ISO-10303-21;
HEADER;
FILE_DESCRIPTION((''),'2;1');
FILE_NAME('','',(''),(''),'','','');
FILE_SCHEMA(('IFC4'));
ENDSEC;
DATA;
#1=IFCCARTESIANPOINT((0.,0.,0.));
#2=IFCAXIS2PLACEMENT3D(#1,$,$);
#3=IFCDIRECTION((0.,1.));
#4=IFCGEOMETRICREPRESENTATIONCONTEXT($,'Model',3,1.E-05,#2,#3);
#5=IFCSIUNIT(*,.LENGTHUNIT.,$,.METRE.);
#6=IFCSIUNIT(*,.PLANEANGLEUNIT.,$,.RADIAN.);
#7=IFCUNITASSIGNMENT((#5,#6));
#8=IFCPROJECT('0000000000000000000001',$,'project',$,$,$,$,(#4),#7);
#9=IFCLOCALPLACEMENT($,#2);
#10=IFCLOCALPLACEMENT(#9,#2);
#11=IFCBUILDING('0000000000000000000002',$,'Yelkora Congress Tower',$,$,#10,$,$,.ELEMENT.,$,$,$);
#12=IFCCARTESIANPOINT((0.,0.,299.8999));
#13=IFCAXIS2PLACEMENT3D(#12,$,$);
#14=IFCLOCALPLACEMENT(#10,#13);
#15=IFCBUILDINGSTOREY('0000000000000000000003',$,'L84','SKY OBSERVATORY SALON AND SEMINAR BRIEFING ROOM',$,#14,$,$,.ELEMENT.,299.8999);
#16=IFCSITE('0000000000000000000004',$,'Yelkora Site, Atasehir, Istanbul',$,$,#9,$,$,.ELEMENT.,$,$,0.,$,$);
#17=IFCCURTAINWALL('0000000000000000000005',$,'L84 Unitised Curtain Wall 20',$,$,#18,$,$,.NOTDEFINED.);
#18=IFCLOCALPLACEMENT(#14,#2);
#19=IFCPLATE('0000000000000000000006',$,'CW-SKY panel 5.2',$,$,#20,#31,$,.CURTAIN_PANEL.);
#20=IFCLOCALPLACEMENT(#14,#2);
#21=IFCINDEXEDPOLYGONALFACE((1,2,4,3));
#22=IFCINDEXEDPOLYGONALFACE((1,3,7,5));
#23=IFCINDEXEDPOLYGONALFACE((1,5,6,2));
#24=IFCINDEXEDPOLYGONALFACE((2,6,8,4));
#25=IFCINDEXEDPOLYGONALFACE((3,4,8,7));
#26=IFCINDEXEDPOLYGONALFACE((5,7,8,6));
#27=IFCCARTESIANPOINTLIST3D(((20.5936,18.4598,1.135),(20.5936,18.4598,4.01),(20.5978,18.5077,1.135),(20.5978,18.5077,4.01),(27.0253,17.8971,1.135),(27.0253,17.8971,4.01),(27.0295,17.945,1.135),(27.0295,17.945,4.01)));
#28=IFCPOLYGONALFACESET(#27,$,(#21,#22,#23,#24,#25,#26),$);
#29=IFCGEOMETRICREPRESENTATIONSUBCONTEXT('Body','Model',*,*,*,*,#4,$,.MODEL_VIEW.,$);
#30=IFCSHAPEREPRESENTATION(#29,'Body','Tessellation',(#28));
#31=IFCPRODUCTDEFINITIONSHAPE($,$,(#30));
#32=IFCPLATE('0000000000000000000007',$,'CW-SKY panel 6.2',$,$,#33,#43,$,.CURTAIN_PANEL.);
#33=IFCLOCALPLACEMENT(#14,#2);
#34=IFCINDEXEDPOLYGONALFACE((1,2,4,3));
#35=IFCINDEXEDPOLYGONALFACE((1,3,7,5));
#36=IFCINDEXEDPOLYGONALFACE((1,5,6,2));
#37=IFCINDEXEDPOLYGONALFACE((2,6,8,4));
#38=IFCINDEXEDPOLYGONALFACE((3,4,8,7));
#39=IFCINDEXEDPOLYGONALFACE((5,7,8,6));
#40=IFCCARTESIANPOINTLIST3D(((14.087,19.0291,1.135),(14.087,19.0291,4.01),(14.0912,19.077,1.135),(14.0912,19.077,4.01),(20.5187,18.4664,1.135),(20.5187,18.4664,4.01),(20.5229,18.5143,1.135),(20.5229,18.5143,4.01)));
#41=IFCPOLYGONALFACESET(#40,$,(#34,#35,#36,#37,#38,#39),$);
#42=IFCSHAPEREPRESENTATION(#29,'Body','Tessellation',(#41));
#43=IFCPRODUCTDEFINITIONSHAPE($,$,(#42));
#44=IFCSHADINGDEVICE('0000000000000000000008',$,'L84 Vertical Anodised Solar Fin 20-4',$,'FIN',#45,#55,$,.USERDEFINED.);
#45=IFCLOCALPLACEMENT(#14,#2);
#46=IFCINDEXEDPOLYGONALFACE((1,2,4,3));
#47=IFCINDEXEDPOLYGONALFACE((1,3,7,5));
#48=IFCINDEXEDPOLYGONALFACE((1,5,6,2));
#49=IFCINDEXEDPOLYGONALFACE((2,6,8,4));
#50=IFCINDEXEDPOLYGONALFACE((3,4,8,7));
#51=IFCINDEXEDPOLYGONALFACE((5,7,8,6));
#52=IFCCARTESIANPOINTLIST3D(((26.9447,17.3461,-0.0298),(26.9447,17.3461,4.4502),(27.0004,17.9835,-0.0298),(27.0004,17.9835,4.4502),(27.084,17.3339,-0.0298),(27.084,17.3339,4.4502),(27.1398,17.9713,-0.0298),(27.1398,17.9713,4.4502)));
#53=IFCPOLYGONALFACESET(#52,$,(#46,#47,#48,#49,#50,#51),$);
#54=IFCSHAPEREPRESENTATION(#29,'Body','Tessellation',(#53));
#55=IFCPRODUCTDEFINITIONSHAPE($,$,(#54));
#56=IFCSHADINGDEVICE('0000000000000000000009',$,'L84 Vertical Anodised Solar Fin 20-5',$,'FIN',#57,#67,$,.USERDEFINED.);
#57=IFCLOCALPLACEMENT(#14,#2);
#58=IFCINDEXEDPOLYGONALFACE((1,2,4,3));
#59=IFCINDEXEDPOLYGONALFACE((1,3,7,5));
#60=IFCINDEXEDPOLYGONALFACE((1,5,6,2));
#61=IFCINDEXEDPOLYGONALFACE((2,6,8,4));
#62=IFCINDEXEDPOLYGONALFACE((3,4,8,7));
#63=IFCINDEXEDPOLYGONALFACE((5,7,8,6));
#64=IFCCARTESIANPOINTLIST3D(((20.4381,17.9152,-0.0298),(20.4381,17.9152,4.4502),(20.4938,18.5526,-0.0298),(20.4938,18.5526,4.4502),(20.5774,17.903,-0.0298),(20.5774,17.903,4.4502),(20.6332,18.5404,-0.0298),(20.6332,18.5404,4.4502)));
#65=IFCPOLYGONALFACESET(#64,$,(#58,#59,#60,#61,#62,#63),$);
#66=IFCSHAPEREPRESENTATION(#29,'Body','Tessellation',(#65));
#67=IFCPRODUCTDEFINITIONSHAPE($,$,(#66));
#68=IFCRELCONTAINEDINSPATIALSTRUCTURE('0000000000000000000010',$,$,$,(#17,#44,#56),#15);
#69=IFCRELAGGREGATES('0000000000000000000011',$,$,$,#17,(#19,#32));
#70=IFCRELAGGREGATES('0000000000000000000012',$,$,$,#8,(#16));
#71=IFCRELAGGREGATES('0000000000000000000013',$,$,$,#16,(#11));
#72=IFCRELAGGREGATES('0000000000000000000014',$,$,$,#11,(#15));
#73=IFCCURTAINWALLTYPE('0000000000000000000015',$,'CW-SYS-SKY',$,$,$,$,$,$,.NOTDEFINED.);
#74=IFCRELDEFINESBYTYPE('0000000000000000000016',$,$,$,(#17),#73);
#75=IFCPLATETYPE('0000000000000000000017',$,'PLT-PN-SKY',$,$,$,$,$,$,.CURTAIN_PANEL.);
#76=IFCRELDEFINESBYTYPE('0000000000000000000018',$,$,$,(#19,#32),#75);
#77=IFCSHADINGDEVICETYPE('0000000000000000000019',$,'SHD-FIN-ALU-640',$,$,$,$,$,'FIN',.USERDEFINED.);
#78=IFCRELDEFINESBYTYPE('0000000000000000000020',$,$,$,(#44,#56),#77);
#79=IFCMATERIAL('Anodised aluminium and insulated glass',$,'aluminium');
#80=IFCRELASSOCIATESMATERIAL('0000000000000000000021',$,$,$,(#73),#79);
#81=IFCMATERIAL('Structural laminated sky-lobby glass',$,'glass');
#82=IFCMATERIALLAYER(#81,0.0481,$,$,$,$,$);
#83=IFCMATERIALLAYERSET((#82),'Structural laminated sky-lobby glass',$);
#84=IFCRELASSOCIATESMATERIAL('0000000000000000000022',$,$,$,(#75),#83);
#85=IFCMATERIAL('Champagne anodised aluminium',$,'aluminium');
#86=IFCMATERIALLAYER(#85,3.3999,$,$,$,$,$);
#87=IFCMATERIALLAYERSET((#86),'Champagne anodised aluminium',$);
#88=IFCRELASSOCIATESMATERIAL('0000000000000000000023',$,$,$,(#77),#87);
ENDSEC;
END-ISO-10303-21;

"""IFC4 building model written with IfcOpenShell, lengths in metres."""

from ifc_helpers import new_model, si_unit, direction, frame, origin, origin_2d, place, context, subcontext, project, spatial, rectangle, extrude, material, layer, layer_set, type_object, element, aggregate, save


model = new_model("IFC4")

# Units and contexts
model_context = context("Model", 3, precision=1e-05, world=origin(), true_north=direction((0.0, 1.0)))
body_context = subcontext(model_context, "Body", "Model", "MODEL_VIEW")
ifc_project = project(units=[si_unit("LENGTHUNIT", "METRE"), si_unit("PLANEANGLEUNIT", "RADIAN")], contexts=[model_context])

# Site, building, storey
site_placement = place(None, origin())
site = spatial("IfcSite", under=ifc_project, at=site_placement, Name="Yelkora Site, Atasehir, Istanbul", CompositionType="ELEMENT", RefElevation=0.0)
building_placement = place(site_placement, origin())
building = spatial("IfcBuilding", under=site, at=building_placement, Name="Yelkora Congress Tower", CompositionType="ELEMENT")
storey_placement = place(building_placement, frame((0.0, 0.0, 299.8999)))
storey = spatial("IfcBuildingStorey", under=building, at=storey_placement, Name="L84", Description="SKY OBSERVATORY SALON AND SEMINAR BRIEFING ROOM", CompositionType="ELEMENT", Elevation=299.8999)

# Curtain wall, plates
ifc_material_1 = material(Name="Anodised aluminium and insulated glass", Category="aluminium")
curtain_wall_type = type_object("IfcCurtainWallType", Name="CW-SYS-SKY", PredefinedType="NOTDEFINED", material=ifc_material_1)
curtain_wall_placement = place(storey_placement, origin())
curtain_wall = element("IfcCurtainWall", 1, at=curtain_wall_placement, inside=storey, type_object=curtain_wall_type, Name="L84 Unitised Curtain Wall 20", PredefinedType="NOTDEFINED")
ifc_material_2 = material(Name="Structural laminated sky-lobby glass", Category="glass")
ifc_layer_1 = layer(ifc_material_2, 0.0481)
ifc_layer_set_1 = layer_set([ifc_layer_1], Name="Structural laminated sky-lobby glass")
plate_type = type_object("IfcPlateType", Name="PLT-PN-SKY", PredefinedType="CURTAIN_PANEL", material=ifc_layer_set_1)
plate_1_placement = place(storey_placement, frame((23.8115, 18.2024, 1.135), z_axis=(0.0, 0.0, 1.0), x_axis=(-0.996195, 0.087157, 0.0)))
plate_1 = element("IfcPlate", 2, at=plate_1_placement, type_object=plate_type, Name="CW-SKY panel 5.2", PredefinedType="CURTAIN_PANEL", context=body_context, shape_type="SweptSolid", body=[
    extrude(rectangle(XDim=6.4563, YDim=0.0481, at=origin_2d()), origin(), (0.0, 0.0, 1.0), 2.875),
])
plate_2_placement = place(storey_placement, frame((17.3049, 18.7717, 1.135), z_axis=(0.0, 0.0, 1.0), x_axis=(-0.996195, 0.087157, 0.0)))
plate_2 = element("IfcPlate", 3, at=plate_2_placement, type_object=plate_type, Name="CW-SKY panel 6.2", PredefinedType="CURTAIN_PANEL", context=body_context, shape_type="SweptSolid", body=[
    extrude(rectangle(XDim=6.4563, YDim=0.0481, at=origin_2d()), origin(), (0.0, 0.0, 1.0), 2.875),
])
aggregate(curtain_wall, [plate_1, plate_2])

# Shading devices
ifc_material_3 = material(Name="Champagne anodised aluminium", Category="aluminium")
ifc_layer_2 = layer(ifc_material_3, 3.3999)
ifc_layer_set_2 = layer_set([ifc_layer_2], Name="Champagne anodised aluminium")
shading_device_type = type_object("IfcShadingDeviceType", Name="SHD-FIN-ALU-640", ElementType="FIN", PredefinedType="USERDEFINED", material=ifc_layer_set_2)
for number, where, z_axis, x_axis, name in (
    (4, (27.0422, 17.6587, -0.0298), (0.0, 0.0, 1.0), (-0.996195, 0.087156, 0.0), "L84 Vertical Anodised Solar Fin 20-4"),
    (5, (20.5356, 18.2278, -0.0298), (0.0, 0.0, 1.0), (-0.996195, 0.087156, 0.0), "L84 Vertical Anodised Solar Fin 20-5"),
):
    element("IfcShadingDevice", number, at=place(storey_placement, frame(where, z_axis=z_axis, x_axis=x_axis)), inside=storey, type_object=shading_device_type, Name=name, ObjectType="FIN", PredefinedType="USERDEFINED", context=body_context, shape_type="SweptSolid", body=[
        extrude(rectangle(XDim=0.1399, YDim=0.6399, at=origin_2d()), origin(), (0.0, 0.0, 1.0), 4.48),
    ])

save(model, "model.ifc")
